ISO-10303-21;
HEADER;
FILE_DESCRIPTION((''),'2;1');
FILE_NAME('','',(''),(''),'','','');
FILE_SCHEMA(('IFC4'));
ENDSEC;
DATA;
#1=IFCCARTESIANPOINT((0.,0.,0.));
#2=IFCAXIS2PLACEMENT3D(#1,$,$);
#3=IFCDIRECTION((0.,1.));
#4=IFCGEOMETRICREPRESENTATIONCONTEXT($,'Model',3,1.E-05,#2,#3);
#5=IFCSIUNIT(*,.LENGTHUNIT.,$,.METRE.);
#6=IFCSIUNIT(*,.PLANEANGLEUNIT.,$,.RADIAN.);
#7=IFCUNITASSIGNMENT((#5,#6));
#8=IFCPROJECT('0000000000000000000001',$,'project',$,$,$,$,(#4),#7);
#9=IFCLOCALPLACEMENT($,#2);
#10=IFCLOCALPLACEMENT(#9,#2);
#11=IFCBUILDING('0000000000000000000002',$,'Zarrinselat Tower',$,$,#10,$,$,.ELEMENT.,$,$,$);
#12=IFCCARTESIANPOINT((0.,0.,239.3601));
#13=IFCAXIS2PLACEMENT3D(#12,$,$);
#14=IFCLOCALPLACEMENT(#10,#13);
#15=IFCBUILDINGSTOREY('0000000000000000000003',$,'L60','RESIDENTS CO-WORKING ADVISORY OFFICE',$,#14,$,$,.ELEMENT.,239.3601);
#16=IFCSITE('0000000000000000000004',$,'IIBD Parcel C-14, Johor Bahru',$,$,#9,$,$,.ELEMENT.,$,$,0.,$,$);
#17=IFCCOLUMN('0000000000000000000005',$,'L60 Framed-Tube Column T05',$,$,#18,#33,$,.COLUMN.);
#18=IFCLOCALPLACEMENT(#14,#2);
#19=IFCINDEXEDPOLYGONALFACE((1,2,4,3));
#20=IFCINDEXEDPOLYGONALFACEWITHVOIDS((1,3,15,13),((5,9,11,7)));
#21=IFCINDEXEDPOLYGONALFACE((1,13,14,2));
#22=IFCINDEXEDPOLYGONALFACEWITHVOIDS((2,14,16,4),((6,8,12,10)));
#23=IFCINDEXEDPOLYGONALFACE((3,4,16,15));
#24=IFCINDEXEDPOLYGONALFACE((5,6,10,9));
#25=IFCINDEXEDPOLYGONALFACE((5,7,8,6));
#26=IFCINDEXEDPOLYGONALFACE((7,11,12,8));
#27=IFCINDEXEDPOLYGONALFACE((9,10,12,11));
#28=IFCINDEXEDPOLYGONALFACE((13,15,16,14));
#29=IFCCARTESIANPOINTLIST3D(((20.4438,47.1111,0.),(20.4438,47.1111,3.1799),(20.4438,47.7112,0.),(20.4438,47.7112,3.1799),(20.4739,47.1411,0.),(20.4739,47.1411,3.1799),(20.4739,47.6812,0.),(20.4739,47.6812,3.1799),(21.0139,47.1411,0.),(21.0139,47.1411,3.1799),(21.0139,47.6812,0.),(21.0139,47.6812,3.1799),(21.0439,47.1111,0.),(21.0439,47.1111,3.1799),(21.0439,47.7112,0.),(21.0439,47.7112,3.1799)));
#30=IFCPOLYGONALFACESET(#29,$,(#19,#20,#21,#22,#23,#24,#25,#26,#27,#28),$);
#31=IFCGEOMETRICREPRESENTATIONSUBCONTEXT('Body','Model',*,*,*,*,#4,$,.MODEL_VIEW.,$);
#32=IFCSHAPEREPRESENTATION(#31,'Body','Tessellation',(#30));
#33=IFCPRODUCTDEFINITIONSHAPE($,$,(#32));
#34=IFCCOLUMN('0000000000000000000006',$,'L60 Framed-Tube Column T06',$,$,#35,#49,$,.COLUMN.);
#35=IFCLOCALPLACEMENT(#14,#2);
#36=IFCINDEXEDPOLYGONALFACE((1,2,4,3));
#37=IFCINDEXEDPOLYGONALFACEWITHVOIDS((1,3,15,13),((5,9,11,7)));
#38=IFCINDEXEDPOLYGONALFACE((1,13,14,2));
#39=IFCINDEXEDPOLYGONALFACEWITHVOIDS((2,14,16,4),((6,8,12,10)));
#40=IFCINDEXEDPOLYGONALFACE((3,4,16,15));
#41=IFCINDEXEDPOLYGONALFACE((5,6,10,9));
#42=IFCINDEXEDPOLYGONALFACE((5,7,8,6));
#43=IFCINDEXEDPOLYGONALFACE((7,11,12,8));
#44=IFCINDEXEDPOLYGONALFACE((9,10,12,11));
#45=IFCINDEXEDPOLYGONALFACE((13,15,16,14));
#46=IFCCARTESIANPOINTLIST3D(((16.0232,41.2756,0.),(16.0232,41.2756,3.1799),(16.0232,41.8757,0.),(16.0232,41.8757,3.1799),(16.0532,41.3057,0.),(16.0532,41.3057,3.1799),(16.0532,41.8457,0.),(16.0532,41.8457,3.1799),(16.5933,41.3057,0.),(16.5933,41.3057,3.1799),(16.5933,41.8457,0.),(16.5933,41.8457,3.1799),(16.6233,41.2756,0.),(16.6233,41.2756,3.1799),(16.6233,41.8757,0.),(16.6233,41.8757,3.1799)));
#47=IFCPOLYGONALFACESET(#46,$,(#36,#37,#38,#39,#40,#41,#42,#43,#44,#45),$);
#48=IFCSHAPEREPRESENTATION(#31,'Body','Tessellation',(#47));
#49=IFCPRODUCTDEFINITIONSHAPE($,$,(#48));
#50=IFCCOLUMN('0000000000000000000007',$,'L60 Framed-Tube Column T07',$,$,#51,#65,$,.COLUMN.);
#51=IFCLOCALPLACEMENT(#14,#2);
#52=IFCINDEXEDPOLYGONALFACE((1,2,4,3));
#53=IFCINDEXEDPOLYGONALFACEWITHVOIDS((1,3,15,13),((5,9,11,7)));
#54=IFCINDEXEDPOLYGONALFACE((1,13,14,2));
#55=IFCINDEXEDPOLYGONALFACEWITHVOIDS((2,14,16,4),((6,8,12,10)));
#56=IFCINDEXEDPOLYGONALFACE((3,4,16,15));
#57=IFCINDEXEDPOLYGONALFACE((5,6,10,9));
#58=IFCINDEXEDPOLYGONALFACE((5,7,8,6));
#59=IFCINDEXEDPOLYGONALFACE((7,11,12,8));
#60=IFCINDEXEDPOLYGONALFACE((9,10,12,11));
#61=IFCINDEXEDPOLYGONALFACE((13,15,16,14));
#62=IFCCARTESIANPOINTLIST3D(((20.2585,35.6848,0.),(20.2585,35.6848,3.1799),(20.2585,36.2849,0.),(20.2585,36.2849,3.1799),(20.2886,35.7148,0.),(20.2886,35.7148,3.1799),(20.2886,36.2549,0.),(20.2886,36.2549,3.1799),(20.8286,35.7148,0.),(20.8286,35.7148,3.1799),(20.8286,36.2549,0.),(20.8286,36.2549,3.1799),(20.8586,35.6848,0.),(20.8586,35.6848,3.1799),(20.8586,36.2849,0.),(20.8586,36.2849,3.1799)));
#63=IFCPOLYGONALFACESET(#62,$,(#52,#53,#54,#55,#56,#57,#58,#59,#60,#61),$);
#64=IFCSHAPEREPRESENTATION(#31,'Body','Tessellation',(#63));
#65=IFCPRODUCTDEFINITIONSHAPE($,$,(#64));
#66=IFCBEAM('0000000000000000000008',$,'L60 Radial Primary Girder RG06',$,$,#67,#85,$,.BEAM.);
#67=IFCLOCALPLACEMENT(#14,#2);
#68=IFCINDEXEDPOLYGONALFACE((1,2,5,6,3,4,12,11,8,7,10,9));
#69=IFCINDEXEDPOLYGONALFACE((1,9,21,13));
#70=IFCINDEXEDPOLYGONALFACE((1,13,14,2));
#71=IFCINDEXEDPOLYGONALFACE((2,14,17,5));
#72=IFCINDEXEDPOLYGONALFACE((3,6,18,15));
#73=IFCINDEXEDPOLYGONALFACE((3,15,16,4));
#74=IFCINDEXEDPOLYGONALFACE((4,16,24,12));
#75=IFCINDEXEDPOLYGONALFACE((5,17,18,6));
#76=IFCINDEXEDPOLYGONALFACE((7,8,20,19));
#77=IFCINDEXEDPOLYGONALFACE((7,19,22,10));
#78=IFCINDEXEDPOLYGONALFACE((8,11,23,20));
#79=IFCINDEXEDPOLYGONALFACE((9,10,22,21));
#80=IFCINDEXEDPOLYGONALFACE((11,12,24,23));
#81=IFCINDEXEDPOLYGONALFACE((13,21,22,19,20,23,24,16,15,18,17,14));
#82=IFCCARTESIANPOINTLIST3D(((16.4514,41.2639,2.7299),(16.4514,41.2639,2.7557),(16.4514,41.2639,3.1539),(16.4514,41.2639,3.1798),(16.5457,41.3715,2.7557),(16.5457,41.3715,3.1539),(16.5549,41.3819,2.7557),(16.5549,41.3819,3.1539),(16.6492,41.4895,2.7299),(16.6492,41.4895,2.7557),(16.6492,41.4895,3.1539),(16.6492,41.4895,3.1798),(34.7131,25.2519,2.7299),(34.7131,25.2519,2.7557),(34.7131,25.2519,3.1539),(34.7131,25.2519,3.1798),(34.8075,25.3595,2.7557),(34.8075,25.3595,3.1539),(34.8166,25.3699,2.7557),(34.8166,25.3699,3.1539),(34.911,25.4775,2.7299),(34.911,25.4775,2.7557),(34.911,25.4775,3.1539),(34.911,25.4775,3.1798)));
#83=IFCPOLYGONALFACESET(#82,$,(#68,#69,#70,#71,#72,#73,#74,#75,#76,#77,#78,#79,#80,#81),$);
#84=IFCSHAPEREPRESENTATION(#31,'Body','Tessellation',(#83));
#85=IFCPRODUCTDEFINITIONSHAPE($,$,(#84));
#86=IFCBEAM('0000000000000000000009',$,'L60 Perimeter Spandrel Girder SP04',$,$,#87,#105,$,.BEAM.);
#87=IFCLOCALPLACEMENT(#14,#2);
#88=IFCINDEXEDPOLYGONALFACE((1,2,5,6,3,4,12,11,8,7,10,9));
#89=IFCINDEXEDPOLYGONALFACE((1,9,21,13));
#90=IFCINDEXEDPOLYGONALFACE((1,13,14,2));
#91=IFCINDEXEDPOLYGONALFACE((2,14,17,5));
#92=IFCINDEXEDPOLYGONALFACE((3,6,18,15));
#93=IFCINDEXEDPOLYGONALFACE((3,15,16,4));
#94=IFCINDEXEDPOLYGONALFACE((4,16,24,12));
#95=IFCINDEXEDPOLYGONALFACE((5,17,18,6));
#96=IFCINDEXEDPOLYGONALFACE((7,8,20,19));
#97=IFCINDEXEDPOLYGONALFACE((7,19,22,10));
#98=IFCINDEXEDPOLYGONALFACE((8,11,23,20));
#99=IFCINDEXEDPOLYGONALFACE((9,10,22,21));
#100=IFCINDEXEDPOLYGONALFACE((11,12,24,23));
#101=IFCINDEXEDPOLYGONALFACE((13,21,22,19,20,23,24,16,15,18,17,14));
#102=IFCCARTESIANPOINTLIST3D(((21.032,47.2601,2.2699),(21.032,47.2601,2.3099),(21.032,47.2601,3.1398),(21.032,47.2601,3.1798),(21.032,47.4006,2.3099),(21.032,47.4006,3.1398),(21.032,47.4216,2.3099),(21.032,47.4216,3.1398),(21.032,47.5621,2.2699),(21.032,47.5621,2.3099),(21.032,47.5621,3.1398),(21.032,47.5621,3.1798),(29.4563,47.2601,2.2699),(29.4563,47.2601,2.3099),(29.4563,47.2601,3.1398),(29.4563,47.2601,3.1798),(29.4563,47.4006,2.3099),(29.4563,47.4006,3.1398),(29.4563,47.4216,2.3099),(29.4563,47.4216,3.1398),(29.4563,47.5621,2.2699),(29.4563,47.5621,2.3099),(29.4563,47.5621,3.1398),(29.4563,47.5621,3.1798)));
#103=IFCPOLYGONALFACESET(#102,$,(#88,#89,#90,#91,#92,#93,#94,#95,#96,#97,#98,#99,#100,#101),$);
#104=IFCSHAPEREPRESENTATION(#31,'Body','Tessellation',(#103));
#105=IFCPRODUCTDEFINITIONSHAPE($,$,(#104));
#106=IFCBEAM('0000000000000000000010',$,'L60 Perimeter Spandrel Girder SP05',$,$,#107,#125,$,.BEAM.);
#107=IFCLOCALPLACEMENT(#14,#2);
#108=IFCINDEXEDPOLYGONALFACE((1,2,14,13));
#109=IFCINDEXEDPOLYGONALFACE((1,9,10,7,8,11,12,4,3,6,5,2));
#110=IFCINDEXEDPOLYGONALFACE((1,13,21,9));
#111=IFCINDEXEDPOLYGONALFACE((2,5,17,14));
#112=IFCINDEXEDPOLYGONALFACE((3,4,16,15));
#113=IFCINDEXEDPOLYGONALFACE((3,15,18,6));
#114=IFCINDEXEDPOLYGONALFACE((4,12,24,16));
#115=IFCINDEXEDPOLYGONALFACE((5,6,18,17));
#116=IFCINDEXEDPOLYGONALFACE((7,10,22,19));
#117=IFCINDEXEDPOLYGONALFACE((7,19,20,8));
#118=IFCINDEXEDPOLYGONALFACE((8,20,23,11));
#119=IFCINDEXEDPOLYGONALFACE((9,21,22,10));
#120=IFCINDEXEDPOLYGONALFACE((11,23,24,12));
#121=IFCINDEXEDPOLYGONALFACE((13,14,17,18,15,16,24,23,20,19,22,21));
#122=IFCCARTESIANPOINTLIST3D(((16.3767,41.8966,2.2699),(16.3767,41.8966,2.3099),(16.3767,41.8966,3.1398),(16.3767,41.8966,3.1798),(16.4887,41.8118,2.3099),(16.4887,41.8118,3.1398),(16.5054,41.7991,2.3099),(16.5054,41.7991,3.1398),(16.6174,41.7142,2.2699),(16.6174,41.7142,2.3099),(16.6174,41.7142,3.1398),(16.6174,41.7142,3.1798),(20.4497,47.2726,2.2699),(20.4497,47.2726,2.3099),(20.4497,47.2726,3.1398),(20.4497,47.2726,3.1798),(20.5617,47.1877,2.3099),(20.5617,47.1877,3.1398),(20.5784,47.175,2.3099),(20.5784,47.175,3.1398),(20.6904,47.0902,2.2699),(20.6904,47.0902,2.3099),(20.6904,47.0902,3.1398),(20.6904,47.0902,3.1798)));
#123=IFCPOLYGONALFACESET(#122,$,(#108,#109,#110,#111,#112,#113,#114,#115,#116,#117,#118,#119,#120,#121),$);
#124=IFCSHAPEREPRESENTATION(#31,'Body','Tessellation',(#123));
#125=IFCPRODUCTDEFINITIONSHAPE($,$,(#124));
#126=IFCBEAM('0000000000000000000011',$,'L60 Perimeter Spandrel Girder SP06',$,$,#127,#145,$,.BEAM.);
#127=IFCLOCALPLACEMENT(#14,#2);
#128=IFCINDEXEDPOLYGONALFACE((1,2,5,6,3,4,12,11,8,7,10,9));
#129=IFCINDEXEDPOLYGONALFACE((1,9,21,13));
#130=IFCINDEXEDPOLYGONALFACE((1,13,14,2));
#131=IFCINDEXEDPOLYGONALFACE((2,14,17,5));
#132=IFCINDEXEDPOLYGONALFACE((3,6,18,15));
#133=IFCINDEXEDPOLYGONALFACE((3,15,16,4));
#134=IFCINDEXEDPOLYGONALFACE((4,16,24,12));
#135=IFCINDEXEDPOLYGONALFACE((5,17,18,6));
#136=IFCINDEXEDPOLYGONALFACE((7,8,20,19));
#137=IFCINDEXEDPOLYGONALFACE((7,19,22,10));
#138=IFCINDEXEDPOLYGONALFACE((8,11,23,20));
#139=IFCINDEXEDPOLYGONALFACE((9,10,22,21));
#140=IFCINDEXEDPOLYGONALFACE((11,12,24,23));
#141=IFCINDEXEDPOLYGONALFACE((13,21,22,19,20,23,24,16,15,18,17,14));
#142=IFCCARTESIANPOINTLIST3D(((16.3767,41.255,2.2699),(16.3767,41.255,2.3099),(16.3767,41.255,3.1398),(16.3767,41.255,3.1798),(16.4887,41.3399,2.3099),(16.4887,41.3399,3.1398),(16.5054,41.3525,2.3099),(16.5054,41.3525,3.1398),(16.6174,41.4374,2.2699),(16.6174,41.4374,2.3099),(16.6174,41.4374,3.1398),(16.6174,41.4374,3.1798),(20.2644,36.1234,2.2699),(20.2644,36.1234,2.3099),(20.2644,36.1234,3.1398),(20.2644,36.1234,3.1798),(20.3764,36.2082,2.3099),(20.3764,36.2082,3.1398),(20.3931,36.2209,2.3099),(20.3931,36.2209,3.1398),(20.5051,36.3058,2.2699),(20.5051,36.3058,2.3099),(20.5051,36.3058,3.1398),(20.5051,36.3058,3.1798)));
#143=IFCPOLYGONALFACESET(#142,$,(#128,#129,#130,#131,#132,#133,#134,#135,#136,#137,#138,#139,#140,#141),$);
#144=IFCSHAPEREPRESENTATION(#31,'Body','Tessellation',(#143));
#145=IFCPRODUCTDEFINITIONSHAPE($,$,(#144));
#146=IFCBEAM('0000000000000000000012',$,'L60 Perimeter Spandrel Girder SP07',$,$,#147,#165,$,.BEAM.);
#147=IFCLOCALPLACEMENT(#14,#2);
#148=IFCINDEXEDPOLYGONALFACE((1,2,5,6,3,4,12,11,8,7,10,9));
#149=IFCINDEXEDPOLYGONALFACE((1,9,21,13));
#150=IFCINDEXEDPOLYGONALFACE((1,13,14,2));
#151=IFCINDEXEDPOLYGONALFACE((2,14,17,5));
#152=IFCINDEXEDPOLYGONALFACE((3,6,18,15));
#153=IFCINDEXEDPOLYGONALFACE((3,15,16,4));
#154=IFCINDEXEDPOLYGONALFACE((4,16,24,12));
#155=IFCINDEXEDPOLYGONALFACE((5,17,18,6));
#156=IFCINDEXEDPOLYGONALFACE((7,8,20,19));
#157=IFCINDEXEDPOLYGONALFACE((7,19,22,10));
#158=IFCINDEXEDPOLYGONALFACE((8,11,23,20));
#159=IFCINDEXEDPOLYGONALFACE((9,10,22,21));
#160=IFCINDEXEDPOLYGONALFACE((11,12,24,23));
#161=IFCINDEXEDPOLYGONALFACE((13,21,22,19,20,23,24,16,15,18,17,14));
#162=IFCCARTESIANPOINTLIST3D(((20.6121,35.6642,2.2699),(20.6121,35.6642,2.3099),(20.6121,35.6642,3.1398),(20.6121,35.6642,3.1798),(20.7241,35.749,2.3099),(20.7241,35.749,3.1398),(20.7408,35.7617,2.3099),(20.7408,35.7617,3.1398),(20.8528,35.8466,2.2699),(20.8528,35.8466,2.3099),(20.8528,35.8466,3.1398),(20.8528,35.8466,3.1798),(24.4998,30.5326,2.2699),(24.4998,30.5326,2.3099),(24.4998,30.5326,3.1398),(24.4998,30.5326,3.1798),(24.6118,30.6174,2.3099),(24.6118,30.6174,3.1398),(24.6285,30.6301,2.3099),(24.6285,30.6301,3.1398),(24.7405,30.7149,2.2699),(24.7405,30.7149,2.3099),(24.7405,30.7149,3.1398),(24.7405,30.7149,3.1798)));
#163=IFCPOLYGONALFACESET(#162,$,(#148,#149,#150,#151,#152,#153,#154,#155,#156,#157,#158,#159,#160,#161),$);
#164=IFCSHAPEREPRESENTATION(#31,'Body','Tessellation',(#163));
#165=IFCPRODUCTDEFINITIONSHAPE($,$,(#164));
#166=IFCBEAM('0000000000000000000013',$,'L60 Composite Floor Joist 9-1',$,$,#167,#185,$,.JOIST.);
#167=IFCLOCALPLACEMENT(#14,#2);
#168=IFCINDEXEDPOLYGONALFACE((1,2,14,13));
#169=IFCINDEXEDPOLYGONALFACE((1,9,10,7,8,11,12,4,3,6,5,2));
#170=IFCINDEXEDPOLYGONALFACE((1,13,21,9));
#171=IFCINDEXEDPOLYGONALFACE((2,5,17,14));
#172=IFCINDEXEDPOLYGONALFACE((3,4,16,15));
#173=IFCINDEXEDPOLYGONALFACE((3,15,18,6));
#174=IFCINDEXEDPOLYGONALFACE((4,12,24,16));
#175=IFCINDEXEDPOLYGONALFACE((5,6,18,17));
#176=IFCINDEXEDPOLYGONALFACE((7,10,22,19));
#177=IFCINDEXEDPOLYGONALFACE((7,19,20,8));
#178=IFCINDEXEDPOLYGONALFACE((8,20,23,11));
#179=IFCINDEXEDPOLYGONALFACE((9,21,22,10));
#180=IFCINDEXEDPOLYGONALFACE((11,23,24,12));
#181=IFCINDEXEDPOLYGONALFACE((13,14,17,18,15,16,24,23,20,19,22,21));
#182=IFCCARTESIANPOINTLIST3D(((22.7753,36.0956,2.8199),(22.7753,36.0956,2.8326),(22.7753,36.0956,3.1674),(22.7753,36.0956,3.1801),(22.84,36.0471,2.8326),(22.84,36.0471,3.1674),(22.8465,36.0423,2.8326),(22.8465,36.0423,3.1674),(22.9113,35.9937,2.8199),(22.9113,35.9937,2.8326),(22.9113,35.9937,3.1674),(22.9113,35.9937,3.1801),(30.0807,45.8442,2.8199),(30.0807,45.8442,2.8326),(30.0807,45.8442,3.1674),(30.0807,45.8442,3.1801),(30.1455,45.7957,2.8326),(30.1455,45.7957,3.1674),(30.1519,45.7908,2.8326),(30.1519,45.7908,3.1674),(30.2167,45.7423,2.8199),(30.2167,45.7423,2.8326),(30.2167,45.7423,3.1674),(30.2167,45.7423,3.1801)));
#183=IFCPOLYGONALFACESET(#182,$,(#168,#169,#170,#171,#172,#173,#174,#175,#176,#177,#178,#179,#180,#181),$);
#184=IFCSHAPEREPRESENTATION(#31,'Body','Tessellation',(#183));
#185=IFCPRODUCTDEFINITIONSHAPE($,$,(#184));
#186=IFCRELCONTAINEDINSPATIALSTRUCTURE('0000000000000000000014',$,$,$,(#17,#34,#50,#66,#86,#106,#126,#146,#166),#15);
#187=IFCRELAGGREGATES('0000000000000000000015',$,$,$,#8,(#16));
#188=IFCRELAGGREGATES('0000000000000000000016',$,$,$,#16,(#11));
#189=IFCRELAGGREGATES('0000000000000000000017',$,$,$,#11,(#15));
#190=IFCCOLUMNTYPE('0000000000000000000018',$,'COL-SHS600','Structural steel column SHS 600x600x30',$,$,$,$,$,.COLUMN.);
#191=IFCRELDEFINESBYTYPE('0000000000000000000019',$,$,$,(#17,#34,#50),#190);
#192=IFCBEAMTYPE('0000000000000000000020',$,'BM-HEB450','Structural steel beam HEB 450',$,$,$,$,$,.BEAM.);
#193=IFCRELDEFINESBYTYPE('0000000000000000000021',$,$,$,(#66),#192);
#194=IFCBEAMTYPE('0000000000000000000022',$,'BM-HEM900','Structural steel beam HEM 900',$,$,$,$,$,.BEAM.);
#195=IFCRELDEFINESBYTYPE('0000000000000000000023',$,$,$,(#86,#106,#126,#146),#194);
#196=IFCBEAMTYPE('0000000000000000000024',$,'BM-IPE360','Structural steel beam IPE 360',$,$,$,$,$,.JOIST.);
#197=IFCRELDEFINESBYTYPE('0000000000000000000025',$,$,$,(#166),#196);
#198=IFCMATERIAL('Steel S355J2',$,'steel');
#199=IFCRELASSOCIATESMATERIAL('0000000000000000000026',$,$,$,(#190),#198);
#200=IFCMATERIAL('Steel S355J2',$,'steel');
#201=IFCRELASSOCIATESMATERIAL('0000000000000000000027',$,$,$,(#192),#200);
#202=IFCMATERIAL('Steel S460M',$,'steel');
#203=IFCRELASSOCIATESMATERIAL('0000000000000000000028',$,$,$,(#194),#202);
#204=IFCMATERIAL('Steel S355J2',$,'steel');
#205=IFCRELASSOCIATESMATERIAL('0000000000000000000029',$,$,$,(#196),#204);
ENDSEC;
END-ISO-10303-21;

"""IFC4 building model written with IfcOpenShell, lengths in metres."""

from ifc_helpers import new_model, si_unit, direction, frame, origin, origin_2d, place, context, subcontext, project, spatial, hollow_rectangle, i_section, extrude, material, material_profile, profile_set, type_object, element, save


model = new_model("IFC4")

# Units and contexts
model_context = context("Model", 3, precision=1e-05, world=origin(), true_north=direction((0.0, 1.0)))
body_context = subcontext(model_context, "Body", "Model", "MODEL_VIEW")
ifc_project = project(units=[si_unit("LENGTHUNIT", "METRE"), si_unit("PLANEANGLEUNIT", "RADIAN")], contexts=[model_context])

# Site, building, storey
site_placement = place(None, origin())
site = spatial("IfcSite", under=ifc_project, at=site_placement, Name="IIBD Parcel C-14, Johor Bahru", CompositionType="ELEMENT", RefElevation=0.0)
building_placement = place(site_placement, origin())
building = spatial("IfcBuilding", under=site, at=building_placement, Name="Zarrinselat Tower", CompositionType="ELEMENT")
storey_placement = place(building_placement, frame((0.0, 0.0, 239.3601)))
storey = spatial("IfcBuildingStorey", under=building, at=storey_placement, Name="L60", Description="RESIDENTS CO-WORKING ADVISORY OFFICE", CompositionType="ELEMENT", Elevation=239.3601)

# Columns
ifc_material_1 = material(Name="Steel S355J2", Category="steel")
ifc_material_profile_1 = material_profile(ifc_material_1, hollow_rectangle(XDim=0.6001, YDim=0.6001, WallThickness=0.03, at=origin_2d()), Name="SHS 600x600x30")
ifc_profile_set_1 = profile_set([ifc_material_profile_1], Name="Steel S355J2")
column_type = type_object("IfcColumnType", Name="COL-SHS600", Description="Structural steel column SHS 600x600x30", PredefinedType="COLUMN", material=ifc_profile_set_1)
for number, where, z_axis, x_axis, name in (
    (1, (20.7439, 47.4111, 0.0), (0.0, 0.0, 1.0), (1.0, 0.0, 0.0), "L60 Framed-Tube Column T05"),
    (2, (16.3232, 41.5757, 0.0), (0.0, 0.0, 1.0), (1.0, 0.0, 0.0), "L60 Framed-Tube Column T06"),
    (3, (20.5586, 35.9849, 0.0), (0.0, 0.0, 1.0), (1.0, 0.0, 0.0), "L60 Framed-Tube Column T07"),
):
    element("IfcColumn", number, at=place(storey_placement, frame(where, z_axis=z_axis, x_axis=x_axis)), inside=storey, type_object=column_type, Name=name, PredefinedType="COLUMN", context=body_context, shape_type="SweptSolid", body=[
        extrude(hollow_rectangle(XDim=0.6001, YDim=0.6001, WallThickness=0.03, at=origin_2d()), origin(), (0.0, 0.0, 1.0), 3.1799),
    ])

# Beams
ifc_material_2 = material(Name="Steel S355J2", Category="steel")
ifc_material_profile_2 = material_profile(ifc_material_2, i_section(OverallWidth=0.3, OverallDepth=0.45, WebThickness=0.0139, FlangeThickness=0.0259, at=origin_2d()), Name="HEB 450")
ifc_profile_set_2 = profile_set([ifc_material_profile_2], Name="Steel S355J2")
beam_type_1 = type_object("IfcBeamType", Name="BM-HEB450", Description="Structural steel beam HEB 450", PredefinedType="BEAM", material=ifc_profile_set_2)
beam_1_placement = place(storey_placement, frame((16.5503, 41.3767, 2.9548), z_axis=(0.751904, -0.659273, 0.0), x_axis=(0.659273, 0.751904, 0.0)))
element("IfcBeam", 4, at=beam_1_placement, inside=storey, type_object=beam_type_1, Name="L60 Radial Primary Girder RG06", PredefinedType="BEAM", context=body_context, shape_type="SweptSolid", body=[
    extrude(i_section(OverallWidth=0.3, OverallDepth=0.45, WebThickness=0.0139, FlangeThickness=0.0259, at=origin_2d()), origin(), (0.0, 0.0, 1.0), 24.2874),
])
ifc_material_3 = material(Name="Steel S460M", Category="steel")
ifc_material_profile_3 = material_profile(ifc_material_3, i_section(OverallWidth=0.302, OverallDepth=0.9099, WebThickness=0.021, FlangeThickness=0.04, at=origin_2d()), Name="HEM 900")
ifc_profile_set_3 = profile_set([ifc_material_profile_3], Name="Steel S460M")
beam_type_2 = type_object("IfcBeamType", Name="BM-HEM900", Description="Structural steel beam HEM 900", PredefinedType="BEAM", material=ifc_profile_set_3)
beam_2_placement = place(storey_placement, frame((21.032, 47.4111, 2.7249), z_axis=(1.0, 0.0, 0.0), x_axis=(0.0, 1.0, 0.0)))
element("IfcBeam", 5, at=beam_2_placement, inside=storey, type_object=beam_type_2, Name="L60 Perimeter Spandrel Girder SP04", PredefinedType="BEAM", context=body_context, shape_type="SweptSolid", body=[
    extrude(i_section(OverallWidth=0.302, OverallDepth=0.9099, WebThickness=0.021, FlangeThickness=0.04, at=origin_2d()), origin(), (0.0, 0.0, 1.0), 8.4243),
])
beam_3_placement = place(storey_placement, frame((16.4971, 41.8054, 2.7249), z_axis=(0.603885, 0.797072, 0.0), x_axis=(-0.797072, 0.603885, 0.0)))
element("IfcBeam", 6, at=beam_3_placement, inside=storey, type_object=beam_type_2, Name="L60 Perimeter Spandrel Girder SP05", PredefinedType="BEAM", context=body_context, shape_type="SweptSolid", body=[
    extrude(i_section(OverallWidth=0.302, OverallDepth=0.9099, WebThickness=0.021, FlangeThickness=0.04, at=origin_2d()), origin(), (0.0, 0.0, 1.0), 6.7446),
])
for number, where, z_axis, x_axis, name in (
    (7, (16.4971, 41.3462, 2.7249), (0.60387, -0.797083, 0.0), (0.797083, 0.60387, 0.0), "L60 Perimeter Spandrel Girder SP06"),
    (8, (20.7324, 35.7554, 2.7249), (0.60387, -0.797083, 0.0), (0.797083, 0.60387, 0.0), "L60 Perimeter Spandrel Girder SP07"),
):
    element("IfcBeam", number, at=place(storey_placement, frame(where, z_axis=z_axis, x_axis=x_axis)), inside=storey, type_object=beam_type_2, Name=name, PredefinedType="BEAM", context=body_context, shape_type="SweptSolid", body=[
        extrude(i_section(OverallWidth=0.302, OverallDepth=0.9099, WebThickness=0.021, FlangeThickness=0.04, at=origin_2d()), origin(), (0.0, 0.0, 1.0), 6.438),
    ])
ifc_material_4 = material(Name="Steel S355J2", Category="steel")
ifc_material_profile_4 = material_profile(ifc_material_4, i_section(OverallWidth=0.1699, OverallDepth=0.3601, WebThickness=0.0081, FlangeThickness=0.0127, at=origin_2d()), Name="IPE 360")
ifc_profile_set_4 = profile_set([ifc_material_profile_4], Name="Steel S355J2")
beam_type_3 = type_object("IfcBeamType", Name="BM-IPE360", Description="Structural steel beam IPE 360", PredefinedType="JOIST", material=ifc_profile_set_4)
beam_4_placement = place(storey_placement, frame((22.8433, 36.0447, 3.0), z_axis=(0.599686, 0.800236, 0.0), x_axis=(-0.800236, 0.599686, 0.0)))
element("IfcBeam", 9, at=beam_4_placement, inside=storey, type_object=beam_type_3, Name="L60 Composite Floor Joist 9-1", PredefinedType="JOIST", context=body_context, shape_type="SweptSolid", body=[
    extrude(i_section(OverallWidth=0.1699, OverallDepth=0.3601, WebThickness=0.0081, FlangeThickness=0.0127, at=origin_2d()), origin(), (0.0, 0.0, 1.0), 12.1821),
])

save(model, "model.ifc")
